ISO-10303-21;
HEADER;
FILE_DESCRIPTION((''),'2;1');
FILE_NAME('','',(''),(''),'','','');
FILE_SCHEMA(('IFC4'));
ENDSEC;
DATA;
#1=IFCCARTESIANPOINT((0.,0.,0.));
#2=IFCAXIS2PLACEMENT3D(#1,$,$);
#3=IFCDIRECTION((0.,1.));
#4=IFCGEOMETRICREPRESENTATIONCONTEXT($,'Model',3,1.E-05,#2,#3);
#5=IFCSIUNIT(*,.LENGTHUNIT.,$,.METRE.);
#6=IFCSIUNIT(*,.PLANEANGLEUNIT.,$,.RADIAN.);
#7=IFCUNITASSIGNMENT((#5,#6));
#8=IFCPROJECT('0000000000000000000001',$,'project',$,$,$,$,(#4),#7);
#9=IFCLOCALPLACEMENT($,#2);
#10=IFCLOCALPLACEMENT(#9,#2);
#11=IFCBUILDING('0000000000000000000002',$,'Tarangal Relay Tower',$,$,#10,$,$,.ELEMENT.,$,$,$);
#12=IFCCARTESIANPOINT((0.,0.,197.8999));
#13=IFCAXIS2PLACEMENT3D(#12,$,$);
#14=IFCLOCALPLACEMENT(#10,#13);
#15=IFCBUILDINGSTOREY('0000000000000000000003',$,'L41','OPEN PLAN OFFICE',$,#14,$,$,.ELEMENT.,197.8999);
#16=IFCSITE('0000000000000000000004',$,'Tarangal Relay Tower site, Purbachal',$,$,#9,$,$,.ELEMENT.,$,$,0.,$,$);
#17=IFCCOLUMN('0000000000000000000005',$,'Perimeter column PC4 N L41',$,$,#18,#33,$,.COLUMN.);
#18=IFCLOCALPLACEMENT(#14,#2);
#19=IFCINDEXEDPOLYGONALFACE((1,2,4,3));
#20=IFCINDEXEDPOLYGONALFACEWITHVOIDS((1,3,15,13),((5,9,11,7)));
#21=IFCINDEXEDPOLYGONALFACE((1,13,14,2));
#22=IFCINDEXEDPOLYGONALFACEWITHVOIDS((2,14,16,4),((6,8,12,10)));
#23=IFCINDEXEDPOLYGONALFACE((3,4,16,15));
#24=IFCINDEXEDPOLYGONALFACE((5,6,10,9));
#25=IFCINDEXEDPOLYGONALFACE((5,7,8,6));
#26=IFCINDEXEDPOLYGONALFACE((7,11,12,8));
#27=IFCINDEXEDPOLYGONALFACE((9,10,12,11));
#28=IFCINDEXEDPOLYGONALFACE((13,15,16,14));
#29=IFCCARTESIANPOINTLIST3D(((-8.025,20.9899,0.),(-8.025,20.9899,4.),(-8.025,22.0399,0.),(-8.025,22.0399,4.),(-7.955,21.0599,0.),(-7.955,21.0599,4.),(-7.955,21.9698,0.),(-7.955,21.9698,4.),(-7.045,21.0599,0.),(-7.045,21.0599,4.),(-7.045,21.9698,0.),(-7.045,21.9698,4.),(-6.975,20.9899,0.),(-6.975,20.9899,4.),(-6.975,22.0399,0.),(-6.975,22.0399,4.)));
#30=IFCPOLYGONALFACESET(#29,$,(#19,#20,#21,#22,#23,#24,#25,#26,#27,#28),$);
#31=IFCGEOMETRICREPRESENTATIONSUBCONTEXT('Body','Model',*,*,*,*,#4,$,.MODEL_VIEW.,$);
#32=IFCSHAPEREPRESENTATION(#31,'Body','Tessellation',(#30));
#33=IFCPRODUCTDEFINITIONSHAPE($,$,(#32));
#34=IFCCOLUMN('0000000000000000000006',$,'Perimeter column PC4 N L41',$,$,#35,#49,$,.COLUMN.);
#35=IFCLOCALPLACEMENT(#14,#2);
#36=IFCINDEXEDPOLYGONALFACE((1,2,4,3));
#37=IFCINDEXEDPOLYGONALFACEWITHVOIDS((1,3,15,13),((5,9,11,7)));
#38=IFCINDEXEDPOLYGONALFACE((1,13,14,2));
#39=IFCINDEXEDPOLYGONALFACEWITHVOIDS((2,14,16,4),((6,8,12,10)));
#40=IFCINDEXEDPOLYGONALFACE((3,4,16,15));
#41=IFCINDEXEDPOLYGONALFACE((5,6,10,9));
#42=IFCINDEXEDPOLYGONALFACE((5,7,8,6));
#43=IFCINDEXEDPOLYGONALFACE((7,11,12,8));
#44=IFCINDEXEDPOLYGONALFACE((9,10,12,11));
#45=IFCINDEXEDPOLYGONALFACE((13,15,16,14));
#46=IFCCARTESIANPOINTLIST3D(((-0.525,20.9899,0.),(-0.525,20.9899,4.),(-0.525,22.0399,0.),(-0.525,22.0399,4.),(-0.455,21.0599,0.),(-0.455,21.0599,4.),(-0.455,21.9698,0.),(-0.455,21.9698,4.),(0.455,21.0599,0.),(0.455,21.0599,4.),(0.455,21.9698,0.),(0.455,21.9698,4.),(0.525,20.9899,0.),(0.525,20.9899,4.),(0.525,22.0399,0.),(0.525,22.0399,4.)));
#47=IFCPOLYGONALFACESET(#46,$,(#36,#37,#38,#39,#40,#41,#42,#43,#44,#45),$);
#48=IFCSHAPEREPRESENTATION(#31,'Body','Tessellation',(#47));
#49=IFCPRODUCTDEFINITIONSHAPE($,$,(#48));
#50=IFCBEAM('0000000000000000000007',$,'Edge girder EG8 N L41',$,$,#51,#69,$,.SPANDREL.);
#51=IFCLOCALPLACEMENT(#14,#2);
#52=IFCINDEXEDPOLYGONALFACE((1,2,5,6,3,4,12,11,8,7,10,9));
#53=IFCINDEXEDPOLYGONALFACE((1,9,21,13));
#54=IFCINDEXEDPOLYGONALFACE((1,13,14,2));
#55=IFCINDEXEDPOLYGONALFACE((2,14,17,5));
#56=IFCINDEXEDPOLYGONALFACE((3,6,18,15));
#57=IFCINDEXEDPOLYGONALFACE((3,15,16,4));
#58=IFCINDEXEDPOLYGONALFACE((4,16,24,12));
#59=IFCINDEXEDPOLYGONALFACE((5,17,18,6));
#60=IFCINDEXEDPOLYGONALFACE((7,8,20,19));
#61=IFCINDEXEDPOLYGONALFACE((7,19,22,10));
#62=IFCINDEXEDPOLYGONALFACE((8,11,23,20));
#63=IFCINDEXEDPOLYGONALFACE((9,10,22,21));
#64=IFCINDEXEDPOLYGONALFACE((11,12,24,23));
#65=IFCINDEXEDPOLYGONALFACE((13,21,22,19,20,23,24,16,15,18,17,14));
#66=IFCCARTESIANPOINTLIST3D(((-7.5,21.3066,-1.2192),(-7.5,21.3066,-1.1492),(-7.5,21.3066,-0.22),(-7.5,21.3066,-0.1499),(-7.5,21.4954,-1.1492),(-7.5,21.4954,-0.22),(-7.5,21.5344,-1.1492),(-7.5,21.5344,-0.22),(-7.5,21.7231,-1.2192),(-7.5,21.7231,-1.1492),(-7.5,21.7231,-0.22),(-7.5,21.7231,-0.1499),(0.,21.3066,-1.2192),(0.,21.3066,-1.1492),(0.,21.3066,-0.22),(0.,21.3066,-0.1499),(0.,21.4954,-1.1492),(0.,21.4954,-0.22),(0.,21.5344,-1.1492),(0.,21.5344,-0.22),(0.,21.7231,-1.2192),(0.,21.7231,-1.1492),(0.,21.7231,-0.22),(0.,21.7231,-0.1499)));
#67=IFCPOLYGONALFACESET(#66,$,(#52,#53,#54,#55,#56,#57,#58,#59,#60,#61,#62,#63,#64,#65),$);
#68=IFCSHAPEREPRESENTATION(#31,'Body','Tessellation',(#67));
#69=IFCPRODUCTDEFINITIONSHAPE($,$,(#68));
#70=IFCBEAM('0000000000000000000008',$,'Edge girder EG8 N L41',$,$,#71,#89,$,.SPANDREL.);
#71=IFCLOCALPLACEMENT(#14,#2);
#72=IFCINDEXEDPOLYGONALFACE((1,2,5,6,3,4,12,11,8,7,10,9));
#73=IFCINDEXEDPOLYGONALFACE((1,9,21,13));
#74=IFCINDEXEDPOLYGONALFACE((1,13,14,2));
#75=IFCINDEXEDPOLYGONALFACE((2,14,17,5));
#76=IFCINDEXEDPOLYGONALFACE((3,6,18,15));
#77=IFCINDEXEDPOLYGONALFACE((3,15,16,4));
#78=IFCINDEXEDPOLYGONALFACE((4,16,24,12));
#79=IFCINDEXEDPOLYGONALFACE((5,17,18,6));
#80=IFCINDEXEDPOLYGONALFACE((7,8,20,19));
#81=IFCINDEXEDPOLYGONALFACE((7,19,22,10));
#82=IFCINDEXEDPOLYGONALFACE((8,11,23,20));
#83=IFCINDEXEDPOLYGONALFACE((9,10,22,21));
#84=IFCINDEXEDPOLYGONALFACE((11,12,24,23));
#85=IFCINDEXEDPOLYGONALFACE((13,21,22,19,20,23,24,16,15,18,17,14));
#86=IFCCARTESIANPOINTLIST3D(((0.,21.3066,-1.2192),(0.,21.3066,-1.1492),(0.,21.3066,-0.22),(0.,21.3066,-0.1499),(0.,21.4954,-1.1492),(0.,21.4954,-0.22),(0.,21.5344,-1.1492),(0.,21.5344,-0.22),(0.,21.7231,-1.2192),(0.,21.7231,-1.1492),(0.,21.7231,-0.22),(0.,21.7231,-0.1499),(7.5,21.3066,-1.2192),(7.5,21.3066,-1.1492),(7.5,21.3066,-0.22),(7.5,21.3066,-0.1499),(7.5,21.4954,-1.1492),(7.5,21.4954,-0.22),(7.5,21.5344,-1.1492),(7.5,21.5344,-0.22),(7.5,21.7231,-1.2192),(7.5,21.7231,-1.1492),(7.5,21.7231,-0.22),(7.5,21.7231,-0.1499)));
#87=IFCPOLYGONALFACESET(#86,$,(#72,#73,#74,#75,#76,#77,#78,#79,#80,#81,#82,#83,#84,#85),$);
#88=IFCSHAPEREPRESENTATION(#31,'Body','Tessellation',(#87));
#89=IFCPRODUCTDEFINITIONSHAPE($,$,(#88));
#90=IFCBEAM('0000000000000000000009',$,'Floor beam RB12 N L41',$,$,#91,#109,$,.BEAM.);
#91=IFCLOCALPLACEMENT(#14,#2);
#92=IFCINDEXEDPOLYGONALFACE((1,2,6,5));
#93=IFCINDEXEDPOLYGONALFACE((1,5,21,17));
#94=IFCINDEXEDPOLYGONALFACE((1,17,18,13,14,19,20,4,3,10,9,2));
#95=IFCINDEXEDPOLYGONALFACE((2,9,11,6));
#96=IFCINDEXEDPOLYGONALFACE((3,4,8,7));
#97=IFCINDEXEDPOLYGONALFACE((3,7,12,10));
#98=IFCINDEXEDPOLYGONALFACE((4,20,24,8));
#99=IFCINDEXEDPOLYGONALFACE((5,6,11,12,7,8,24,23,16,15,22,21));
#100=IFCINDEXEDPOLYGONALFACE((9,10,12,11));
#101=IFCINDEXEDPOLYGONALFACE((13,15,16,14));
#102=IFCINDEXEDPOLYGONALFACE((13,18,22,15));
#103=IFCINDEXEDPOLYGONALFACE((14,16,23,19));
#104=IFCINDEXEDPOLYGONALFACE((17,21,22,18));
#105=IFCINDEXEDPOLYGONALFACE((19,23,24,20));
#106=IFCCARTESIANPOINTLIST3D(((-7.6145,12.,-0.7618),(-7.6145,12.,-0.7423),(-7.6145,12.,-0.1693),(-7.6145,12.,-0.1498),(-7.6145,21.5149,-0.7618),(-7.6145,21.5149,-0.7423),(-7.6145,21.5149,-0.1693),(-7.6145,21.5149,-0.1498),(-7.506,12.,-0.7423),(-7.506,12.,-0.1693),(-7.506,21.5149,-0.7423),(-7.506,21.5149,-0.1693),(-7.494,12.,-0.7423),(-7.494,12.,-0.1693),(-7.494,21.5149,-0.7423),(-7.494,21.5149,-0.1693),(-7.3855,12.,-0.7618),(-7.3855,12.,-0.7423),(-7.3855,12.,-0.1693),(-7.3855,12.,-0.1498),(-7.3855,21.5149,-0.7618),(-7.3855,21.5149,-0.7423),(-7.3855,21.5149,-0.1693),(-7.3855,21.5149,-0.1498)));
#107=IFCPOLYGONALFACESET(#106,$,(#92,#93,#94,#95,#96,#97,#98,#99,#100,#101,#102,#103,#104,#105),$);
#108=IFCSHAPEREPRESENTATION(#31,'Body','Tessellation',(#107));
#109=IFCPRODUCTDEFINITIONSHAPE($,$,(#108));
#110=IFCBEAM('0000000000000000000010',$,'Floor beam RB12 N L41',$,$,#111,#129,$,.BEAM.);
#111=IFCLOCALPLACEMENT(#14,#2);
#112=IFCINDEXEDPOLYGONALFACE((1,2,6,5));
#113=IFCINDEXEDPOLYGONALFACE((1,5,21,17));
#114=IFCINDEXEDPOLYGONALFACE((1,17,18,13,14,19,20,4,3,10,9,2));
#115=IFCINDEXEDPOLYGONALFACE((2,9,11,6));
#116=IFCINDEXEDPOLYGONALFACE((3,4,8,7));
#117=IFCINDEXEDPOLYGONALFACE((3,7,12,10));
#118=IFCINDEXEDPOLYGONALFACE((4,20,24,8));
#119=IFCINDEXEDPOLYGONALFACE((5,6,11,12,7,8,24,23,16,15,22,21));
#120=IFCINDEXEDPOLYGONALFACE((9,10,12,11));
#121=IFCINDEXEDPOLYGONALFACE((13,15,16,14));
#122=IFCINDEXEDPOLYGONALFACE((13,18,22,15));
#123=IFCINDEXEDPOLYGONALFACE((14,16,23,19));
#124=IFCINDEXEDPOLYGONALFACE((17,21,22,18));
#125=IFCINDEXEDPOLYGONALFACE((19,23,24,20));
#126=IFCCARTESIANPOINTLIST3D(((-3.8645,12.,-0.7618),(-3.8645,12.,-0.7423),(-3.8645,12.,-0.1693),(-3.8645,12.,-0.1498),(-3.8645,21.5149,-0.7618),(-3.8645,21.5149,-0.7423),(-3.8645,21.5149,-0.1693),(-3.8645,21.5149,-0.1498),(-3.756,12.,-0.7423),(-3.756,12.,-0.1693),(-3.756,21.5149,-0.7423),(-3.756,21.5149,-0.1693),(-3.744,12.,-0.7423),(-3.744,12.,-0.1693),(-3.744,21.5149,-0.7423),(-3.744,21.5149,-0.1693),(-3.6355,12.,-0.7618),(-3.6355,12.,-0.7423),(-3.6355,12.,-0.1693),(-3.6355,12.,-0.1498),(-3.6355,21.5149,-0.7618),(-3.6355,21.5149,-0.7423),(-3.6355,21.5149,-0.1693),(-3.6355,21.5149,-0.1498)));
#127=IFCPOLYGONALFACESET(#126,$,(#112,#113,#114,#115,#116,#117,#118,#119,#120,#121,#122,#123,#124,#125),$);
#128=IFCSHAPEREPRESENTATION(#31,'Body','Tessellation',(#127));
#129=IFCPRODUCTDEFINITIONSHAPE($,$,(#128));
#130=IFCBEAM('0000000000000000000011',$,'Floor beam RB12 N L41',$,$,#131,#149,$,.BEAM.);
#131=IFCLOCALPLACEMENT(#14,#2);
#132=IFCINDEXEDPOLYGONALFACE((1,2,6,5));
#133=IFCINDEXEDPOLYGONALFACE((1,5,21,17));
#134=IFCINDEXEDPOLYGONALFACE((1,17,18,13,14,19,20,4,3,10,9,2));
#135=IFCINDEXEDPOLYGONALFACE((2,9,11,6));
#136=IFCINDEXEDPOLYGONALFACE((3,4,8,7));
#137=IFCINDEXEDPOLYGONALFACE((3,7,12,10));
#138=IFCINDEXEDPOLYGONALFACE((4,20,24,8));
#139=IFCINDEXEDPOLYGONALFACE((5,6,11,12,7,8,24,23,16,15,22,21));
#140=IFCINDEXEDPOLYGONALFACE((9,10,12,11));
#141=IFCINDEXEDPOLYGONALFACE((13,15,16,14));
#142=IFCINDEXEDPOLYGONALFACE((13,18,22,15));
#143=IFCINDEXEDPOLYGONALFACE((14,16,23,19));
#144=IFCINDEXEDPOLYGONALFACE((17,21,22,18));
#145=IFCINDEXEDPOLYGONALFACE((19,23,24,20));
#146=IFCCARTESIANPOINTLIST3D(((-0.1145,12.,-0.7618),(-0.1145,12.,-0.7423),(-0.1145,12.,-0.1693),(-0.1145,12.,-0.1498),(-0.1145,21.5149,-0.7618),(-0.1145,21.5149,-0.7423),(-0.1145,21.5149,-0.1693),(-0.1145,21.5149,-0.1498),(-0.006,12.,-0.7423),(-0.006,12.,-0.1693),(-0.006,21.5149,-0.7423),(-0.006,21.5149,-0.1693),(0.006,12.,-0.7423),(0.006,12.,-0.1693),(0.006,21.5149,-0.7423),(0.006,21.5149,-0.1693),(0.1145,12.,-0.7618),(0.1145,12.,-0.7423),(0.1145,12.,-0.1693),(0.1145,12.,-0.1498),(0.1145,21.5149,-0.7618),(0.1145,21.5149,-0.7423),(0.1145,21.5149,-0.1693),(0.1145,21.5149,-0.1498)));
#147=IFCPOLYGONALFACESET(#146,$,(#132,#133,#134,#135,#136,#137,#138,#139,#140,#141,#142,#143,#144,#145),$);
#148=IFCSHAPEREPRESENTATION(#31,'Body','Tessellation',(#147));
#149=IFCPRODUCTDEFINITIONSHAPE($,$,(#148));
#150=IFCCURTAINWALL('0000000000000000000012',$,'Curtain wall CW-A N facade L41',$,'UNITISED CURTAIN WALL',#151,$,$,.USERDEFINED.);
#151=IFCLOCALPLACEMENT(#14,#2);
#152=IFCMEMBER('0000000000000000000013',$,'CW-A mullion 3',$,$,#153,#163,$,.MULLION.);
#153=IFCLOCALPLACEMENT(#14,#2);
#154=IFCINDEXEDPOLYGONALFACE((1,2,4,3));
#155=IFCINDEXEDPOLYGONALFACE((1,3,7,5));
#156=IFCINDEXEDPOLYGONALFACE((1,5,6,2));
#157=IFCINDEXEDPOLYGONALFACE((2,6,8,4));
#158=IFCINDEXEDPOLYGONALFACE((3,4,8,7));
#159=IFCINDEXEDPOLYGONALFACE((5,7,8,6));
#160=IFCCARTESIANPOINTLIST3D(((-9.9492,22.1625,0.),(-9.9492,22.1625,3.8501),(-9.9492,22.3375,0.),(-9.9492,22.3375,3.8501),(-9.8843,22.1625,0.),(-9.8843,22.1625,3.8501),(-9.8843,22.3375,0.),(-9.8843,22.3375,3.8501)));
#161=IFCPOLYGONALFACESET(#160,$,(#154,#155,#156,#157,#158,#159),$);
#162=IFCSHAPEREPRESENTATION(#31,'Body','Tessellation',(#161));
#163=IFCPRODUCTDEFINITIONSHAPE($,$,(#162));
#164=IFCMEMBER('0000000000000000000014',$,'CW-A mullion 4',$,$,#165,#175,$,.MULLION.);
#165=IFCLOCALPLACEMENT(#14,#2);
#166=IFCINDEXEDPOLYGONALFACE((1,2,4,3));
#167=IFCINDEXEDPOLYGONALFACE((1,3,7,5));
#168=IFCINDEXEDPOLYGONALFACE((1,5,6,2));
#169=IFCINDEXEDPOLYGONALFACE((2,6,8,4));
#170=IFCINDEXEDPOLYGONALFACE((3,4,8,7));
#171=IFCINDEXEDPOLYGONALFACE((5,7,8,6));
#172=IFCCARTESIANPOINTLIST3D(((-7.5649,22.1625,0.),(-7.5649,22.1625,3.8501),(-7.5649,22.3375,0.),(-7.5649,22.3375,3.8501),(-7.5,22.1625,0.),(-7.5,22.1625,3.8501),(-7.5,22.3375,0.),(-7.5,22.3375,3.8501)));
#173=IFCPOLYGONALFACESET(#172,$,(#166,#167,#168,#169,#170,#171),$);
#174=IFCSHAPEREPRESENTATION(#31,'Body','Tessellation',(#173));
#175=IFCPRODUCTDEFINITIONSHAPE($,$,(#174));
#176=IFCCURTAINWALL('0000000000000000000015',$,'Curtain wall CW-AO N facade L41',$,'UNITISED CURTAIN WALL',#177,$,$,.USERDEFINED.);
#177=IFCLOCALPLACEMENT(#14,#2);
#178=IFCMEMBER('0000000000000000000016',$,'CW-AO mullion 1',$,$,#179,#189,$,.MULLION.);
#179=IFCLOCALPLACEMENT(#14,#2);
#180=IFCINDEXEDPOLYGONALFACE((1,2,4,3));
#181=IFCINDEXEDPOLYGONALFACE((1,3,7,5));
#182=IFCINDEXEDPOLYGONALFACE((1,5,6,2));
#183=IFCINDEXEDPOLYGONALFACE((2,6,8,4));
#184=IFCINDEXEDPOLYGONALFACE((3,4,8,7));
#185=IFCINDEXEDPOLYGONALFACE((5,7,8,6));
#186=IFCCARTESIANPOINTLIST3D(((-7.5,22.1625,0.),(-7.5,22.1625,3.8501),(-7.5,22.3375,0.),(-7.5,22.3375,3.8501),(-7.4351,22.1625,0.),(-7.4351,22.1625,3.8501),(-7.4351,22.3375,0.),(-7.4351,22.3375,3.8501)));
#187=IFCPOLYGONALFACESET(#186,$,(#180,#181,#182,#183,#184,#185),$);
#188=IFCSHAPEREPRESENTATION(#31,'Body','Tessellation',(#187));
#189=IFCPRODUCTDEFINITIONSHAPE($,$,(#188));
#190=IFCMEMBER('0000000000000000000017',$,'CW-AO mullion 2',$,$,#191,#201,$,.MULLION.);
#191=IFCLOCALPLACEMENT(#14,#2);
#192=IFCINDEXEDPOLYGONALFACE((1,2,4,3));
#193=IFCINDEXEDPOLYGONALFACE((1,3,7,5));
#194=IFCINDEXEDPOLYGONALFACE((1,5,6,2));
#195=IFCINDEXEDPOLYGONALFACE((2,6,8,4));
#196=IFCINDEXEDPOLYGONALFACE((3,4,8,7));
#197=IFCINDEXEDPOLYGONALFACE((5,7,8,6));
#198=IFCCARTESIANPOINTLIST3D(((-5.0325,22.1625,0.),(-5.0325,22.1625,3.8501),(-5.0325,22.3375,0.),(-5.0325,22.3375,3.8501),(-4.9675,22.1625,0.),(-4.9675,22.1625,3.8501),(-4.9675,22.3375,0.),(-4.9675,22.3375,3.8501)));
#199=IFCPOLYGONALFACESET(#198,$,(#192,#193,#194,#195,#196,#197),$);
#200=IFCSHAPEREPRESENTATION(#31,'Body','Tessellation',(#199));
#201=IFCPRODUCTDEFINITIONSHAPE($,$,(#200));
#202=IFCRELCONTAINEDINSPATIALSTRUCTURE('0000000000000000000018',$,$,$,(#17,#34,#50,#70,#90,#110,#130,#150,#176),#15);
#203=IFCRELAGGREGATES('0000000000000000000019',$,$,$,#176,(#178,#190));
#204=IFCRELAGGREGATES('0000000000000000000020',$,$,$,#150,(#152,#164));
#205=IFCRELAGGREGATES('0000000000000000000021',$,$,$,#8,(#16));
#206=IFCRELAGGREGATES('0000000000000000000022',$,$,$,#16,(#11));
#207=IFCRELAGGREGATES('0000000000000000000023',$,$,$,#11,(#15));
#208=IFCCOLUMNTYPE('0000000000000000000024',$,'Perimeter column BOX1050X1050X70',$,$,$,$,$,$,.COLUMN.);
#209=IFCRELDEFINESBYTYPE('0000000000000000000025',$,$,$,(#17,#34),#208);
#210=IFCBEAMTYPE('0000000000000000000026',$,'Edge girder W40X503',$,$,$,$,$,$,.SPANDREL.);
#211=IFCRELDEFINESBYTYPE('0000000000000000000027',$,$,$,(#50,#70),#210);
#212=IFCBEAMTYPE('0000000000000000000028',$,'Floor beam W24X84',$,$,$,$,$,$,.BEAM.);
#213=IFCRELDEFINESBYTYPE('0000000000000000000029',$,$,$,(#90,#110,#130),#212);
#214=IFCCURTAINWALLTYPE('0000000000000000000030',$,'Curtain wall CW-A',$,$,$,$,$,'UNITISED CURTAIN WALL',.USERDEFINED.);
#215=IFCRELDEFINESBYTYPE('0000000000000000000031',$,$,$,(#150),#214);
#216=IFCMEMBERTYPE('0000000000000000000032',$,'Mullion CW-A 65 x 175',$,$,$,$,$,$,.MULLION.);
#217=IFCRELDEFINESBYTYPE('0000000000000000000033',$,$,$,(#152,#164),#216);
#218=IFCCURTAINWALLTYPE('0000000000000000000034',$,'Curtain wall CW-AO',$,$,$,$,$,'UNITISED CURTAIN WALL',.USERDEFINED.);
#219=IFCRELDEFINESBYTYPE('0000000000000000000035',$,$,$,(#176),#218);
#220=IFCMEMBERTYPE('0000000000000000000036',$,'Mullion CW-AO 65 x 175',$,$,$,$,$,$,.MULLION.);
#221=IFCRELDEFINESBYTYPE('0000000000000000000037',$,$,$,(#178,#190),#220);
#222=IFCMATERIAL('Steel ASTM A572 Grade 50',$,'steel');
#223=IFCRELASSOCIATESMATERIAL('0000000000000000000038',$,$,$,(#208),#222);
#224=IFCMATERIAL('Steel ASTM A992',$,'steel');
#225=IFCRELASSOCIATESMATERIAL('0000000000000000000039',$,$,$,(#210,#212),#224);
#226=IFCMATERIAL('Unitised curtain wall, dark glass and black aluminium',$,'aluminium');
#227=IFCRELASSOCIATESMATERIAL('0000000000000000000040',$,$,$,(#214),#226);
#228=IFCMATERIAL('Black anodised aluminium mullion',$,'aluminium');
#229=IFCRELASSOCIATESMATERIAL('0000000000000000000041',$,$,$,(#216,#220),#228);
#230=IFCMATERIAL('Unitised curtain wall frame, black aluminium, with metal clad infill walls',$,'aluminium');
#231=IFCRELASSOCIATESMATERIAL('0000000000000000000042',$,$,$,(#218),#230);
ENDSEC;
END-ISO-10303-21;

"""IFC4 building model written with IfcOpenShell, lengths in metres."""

from ifc_helpers import new_model, si_unit, direction, frame, origin, origin_2d, place, context, subcontext, project, spatial, rectangle, hollow_rectangle, i_section, extrude, material, material_profile, profile_set, type_object, element, aggregate, save


model = new_model("IFC4")

# Units and contexts
model_context = context("Model", 3, precision=1e-05, world=origin(), true_north=direction((0.0, 1.0)))
body_context = subcontext(model_context, "Body", "Model", "MODEL_VIEW")
ifc_project = project(units=[si_unit("LENGTHUNIT", "METRE"), si_unit("PLANEANGLEUNIT", "RADIAN")], contexts=[model_context])

# Site, building, storey
site_placement = place(None, origin())
site = spatial("IfcSite", under=ifc_project, at=site_placement, Name="Tarangal Relay Tower site, Purbachal", CompositionType="ELEMENT", RefElevation=0.0)
building_placement = place(site_placement, origin())
building = spatial("IfcBuilding", under=site, at=building_placement, Name="Tarangal Relay Tower", CompositionType="ELEMENT")
storey_placement = place(building_placement, frame((0.0, 0.0, 197.8999)))
storey = spatial("IfcBuildingStorey", under=building, at=storey_placement, Name="L41", Description="OPEN PLAN OFFICE", CompositionType="ELEMENT", Elevation=197.8999)

# Columns
ifc_material_1 = material(Name="Steel ASTM A572 Grade 50", Category="steel")
ifc_material_profile_1 = material_profile(ifc_material_1, hollow_rectangle(XDim=1.05, YDim=1.05, WallThickness=0.0701, at=origin_2d()), Name="BOX1050X1050X70")
ifc_profile_set_1 = profile_set([ifc_material_profile_1], Name="Steel ASTM A572 Grade 50")
column_type = type_object("IfcColumnType", Name="Perimeter column BOX1050X1050X70", PredefinedType="COLUMN", material=ifc_profile_set_1)
for number, where, z_axis, x_axis, name in (
    (1, (-7.5, 21.5149, 0.0), (0.0, 0.0, 1.0), (1.0, 0.0, 0.0), "Perimeter column PC4 N L41"),
    (2, (0.0, 21.5149, 0.0), (0.0, 0.0, 1.0), (1.0, 0.0, 0.0), "Perimeter column PC4 N L41"),
):
    element("IfcColumn", number, at=place(storey_placement, frame(where, z_axis=z_axis, x_axis=x_axis)), inside=storey, type_object=column_type, Name=name, PredefinedType="COLUMN", context=body_context, shape_type="SweptSolid", body=[
        extrude(hollow_rectangle(XDim=1.05, YDim=1.05, WallThickness=0.0701, at=origin_2d()), origin(), (0.0, 0.0, 1.0), 4.0),
    ])

# Beams
ifc_material_2 = material(Name="Steel ASTM A992", Category="steel")
ifc_material_profile_2 = material_profile(ifc_material_2, i_section(OverallWidth=0.4165, OverallDepth=1.0693, WebThickness=0.0391, FlangeThickness=0.0701, at=origin_2d()), Name="W40X503")
ifc_profile_set_2 = profile_set([ifc_material_profile_2], Name="Steel ASTM A992")
beam_type_1 = type_object("IfcBeamType", Name="Edge girder W40X503", PredefinedType="SPANDREL", material=ifc_profile_set_2)
for number, where, z_axis, x_axis, name in (
    (3, (-7.5, 21.5149, -0.6846), (1.0, 0.0, 0.0), (0.0, 1.0, 0.0), "Edge girder EG8 N L41"),
    (4, (0.0, 21.5149, -0.6846), (1.0, 0.0, 0.0), (0.0, 1.0, 0.0), "Edge girder EG8 N L41"),
):
    element("IfcBeam", number, at=place(storey_placement, frame(where, z_axis=z_axis, x_axis=x_axis)), inside=storey, type_object=beam_type_1, Name=name, PredefinedType="SPANDREL", context=body_context, shape_type="SweptSolid", body=[
        extrude(i_section(OverallWidth=0.4165, OverallDepth=1.0693, WebThickness=0.0391, FlangeThickness=0.0701, at=origin_2d()), origin(), (0.0, 0.0, 1.0), 7.5),
    ])
ifc_material_profile_3 = material_profile(ifc_material_2, i_section(OverallWidth=0.229, OverallDepth=0.6121, WebThickness=0.012, FlangeThickness=0.0195, at=origin_2d()), Name="W24X84")
ifc_profile_set_3 = profile_set([ifc_material_profile_3], Name="Steel ASTM A992")
beam_type_2 = type_object("IfcBeamType", Name="Floor beam W24X84", PredefinedType="BEAM", material=ifc_profile_set_3)
for number, where, z_axis, x_axis, name in (
    (5, (-7.5, 12.0, -0.4558), (0.0, 1.0, 0.0), (-1.0, 0.0, 0.0), "Floor beam RB12 N L41"),
    (6, (-3.75, 12.0, -0.4558), (0.0, 1.0, 0.0), (-1.0, 0.0, 0.0), "Floor beam RB12 N L41"),
    (7, (0.0, 12.0, -0.4558), (0.0, 1.0, 0.0), (-1.0, 0.0, 0.0), "Floor beam RB12 N L41"),
):
    element("IfcBeam", number, at=place(storey_placement, frame(where, z_axis=z_axis, x_axis=x_axis)), inside=storey, type_object=beam_type_2, Name=name, PredefinedType="BEAM", context=body_context, shape_type="SweptSolid", body=[
        extrude(i_section(OverallWidth=0.229, OverallDepth=0.6121, WebThickness=0.012, FlangeThickness=0.0195, at=origin_2d()), origin(), (0.0, 0.0, 1.0), 9.5149),
    ])

# Curtain walls, members
ifc_material_3 = material(Name="Unitised curtain wall, dark glass and black aluminium", Category="aluminium")
curtain_wall_type_1 = type_object("IfcCurtainWallType", Name="Curtain wall CW-A", ElementType="UNITISED CURTAIN WALL", PredefinedType="USERDEFINED", material=ifc_material_3)
curtain_wall_1_placement = place(storey_placement, origin())
curtain_wall_1 = element("IfcCurtainWall", 8, at=curtain_wall_1_placement, inside=storey, type_object=curtain_wall_type_1, Name="Curtain wall CW-A N facade L41", ObjectType="UNITISED CURTAIN WALL", PredefinedType="USERDEFINED")
ifc_material_4 = material(Name="Black anodised aluminium mullion", Category="aluminium")
ifc_material_profile_4 = material_profile(ifc_material_4, rectangle(XDim=0.175, YDim=0.0649, at=origin_2d()), Name="CW-AM 65X175")
ifc_profile_set_4 = profile_set([ifc_material_profile_4], Name="Black anodised aluminium mullion")
member_type_1 = type_object("IfcMemberType", Name="Mullion CW-A 65 x 175", PredefinedType="MULLION", material=ifc_profile_set_4)
member_1_placement = place(storey_placement, frame((-9.9167, 22.25, 0.0), z_axis=(0.0, 0.0, 1.0), x_axis=(0.0, 1.0, 0.0)))
member_1 = element("IfcMember", 9, at=member_1_placement, type_object=member_type_1, Name="CW-A mullion 3", PredefinedType="MULLION", context=body_context, shape_type="SweptSolid", body=[
    extrude(rectangle(XDim=0.175, YDim=0.0649, at=origin_2d()), origin(), (0.0, 0.0, 1.0), 3.8501),
])
member_2_placement = place(storey_placement, frame((-7.5325, 22.25, 0.0), z_axis=(0.0, 0.0, 1.0), x_axis=(0.0, 1.0, 0.0)))
member_2 = element("IfcMember", 10, at=member_2_placement, type_object=member_type_1, Name="CW-A mullion 4", PredefinedType="MULLION", context=body_context, shape_type="SweptSolid", body=[
    extrude(rectangle(XDim=0.175, YDim=0.0649, at=origin_2d()), origin(), (0.0, 0.0, 1.0), 3.8501),
])
ifc_material_5 = material(Name="Unitised curtain wall frame, black aluminium, with metal clad infill walls", Category="aluminium")
curtain_wall_type_2 = type_object("IfcCurtainWallType", Name="Curtain wall CW-AO", ElementType="UNITISED CURTAIN WALL", PredefinedType="USERDEFINED", material=ifc_material_5)
curtain_wall_2_placement = place(storey_placement, origin())
curtain_wall_2 = element("IfcCurtainWall", 11, at=curtain_wall_2_placement, inside=storey, type_object=curtain_wall_type_2, Name="Curtain wall CW-AO N facade L41", ObjectType="UNITISED CURTAIN WALL", PredefinedType="USERDEFINED")
ifc_material_profile_5 = material_profile(ifc_material_4, rectangle(XDim=0.175, YDim=0.0649, at=origin_2d()), Name="CW-AOM 65X175")
ifc_profile_set_5 = profile_set([ifc_material_profile_5], Name="Black anodised aluminium mullion")
member_type_2 = type_object("IfcMemberType", Name="Mullion CW-AO 65 x 175", PredefinedType="MULLION", material=ifc_profile_set_5)
member_3_placement = place(storey_placement, frame((-7.4675, 22.25, 0.0), z_axis=(0.0, 0.0, 1.0), x_axis=(0.0, 1.0, 0.0)))
member_3 = element("IfcMember", 12, at=member_3_placement, type_object=member_type_2, Name="CW-AO mullion 1", PredefinedType="MULLION", context=body_context, shape_type="SweptSolid", body=[
    extrude(rectangle(XDim=0.175, YDim=0.0649, at=origin_2d()), origin(), (0.0, 0.0, 1.0), 3.8501),
])
member_4_placement = place(storey_placement, frame((-5.0, 22.25, 0.0), z_axis=(0.0, 0.0, 1.0), x_axis=(0.0, 1.0, 0.0)))
member_4 = element("IfcMember", 13, at=member_4_placement, type_object=member_type_2, Name="CW-AO mullion 2", PredefinedType="MULLION", context=body_context, shape_type="SweptSolid", body=[
    extrude(rectangle(XDim=0.175, YDim=0.0649, at=origin_2d()), origin(), (0.0, 0.0, 1.0), 3.8501),
])

aggregate(curtain_wall_2, [member_3, member_4])

aggregate(curtain_wall_1, [member_1, member_2])

save(model, "model.ifc")
